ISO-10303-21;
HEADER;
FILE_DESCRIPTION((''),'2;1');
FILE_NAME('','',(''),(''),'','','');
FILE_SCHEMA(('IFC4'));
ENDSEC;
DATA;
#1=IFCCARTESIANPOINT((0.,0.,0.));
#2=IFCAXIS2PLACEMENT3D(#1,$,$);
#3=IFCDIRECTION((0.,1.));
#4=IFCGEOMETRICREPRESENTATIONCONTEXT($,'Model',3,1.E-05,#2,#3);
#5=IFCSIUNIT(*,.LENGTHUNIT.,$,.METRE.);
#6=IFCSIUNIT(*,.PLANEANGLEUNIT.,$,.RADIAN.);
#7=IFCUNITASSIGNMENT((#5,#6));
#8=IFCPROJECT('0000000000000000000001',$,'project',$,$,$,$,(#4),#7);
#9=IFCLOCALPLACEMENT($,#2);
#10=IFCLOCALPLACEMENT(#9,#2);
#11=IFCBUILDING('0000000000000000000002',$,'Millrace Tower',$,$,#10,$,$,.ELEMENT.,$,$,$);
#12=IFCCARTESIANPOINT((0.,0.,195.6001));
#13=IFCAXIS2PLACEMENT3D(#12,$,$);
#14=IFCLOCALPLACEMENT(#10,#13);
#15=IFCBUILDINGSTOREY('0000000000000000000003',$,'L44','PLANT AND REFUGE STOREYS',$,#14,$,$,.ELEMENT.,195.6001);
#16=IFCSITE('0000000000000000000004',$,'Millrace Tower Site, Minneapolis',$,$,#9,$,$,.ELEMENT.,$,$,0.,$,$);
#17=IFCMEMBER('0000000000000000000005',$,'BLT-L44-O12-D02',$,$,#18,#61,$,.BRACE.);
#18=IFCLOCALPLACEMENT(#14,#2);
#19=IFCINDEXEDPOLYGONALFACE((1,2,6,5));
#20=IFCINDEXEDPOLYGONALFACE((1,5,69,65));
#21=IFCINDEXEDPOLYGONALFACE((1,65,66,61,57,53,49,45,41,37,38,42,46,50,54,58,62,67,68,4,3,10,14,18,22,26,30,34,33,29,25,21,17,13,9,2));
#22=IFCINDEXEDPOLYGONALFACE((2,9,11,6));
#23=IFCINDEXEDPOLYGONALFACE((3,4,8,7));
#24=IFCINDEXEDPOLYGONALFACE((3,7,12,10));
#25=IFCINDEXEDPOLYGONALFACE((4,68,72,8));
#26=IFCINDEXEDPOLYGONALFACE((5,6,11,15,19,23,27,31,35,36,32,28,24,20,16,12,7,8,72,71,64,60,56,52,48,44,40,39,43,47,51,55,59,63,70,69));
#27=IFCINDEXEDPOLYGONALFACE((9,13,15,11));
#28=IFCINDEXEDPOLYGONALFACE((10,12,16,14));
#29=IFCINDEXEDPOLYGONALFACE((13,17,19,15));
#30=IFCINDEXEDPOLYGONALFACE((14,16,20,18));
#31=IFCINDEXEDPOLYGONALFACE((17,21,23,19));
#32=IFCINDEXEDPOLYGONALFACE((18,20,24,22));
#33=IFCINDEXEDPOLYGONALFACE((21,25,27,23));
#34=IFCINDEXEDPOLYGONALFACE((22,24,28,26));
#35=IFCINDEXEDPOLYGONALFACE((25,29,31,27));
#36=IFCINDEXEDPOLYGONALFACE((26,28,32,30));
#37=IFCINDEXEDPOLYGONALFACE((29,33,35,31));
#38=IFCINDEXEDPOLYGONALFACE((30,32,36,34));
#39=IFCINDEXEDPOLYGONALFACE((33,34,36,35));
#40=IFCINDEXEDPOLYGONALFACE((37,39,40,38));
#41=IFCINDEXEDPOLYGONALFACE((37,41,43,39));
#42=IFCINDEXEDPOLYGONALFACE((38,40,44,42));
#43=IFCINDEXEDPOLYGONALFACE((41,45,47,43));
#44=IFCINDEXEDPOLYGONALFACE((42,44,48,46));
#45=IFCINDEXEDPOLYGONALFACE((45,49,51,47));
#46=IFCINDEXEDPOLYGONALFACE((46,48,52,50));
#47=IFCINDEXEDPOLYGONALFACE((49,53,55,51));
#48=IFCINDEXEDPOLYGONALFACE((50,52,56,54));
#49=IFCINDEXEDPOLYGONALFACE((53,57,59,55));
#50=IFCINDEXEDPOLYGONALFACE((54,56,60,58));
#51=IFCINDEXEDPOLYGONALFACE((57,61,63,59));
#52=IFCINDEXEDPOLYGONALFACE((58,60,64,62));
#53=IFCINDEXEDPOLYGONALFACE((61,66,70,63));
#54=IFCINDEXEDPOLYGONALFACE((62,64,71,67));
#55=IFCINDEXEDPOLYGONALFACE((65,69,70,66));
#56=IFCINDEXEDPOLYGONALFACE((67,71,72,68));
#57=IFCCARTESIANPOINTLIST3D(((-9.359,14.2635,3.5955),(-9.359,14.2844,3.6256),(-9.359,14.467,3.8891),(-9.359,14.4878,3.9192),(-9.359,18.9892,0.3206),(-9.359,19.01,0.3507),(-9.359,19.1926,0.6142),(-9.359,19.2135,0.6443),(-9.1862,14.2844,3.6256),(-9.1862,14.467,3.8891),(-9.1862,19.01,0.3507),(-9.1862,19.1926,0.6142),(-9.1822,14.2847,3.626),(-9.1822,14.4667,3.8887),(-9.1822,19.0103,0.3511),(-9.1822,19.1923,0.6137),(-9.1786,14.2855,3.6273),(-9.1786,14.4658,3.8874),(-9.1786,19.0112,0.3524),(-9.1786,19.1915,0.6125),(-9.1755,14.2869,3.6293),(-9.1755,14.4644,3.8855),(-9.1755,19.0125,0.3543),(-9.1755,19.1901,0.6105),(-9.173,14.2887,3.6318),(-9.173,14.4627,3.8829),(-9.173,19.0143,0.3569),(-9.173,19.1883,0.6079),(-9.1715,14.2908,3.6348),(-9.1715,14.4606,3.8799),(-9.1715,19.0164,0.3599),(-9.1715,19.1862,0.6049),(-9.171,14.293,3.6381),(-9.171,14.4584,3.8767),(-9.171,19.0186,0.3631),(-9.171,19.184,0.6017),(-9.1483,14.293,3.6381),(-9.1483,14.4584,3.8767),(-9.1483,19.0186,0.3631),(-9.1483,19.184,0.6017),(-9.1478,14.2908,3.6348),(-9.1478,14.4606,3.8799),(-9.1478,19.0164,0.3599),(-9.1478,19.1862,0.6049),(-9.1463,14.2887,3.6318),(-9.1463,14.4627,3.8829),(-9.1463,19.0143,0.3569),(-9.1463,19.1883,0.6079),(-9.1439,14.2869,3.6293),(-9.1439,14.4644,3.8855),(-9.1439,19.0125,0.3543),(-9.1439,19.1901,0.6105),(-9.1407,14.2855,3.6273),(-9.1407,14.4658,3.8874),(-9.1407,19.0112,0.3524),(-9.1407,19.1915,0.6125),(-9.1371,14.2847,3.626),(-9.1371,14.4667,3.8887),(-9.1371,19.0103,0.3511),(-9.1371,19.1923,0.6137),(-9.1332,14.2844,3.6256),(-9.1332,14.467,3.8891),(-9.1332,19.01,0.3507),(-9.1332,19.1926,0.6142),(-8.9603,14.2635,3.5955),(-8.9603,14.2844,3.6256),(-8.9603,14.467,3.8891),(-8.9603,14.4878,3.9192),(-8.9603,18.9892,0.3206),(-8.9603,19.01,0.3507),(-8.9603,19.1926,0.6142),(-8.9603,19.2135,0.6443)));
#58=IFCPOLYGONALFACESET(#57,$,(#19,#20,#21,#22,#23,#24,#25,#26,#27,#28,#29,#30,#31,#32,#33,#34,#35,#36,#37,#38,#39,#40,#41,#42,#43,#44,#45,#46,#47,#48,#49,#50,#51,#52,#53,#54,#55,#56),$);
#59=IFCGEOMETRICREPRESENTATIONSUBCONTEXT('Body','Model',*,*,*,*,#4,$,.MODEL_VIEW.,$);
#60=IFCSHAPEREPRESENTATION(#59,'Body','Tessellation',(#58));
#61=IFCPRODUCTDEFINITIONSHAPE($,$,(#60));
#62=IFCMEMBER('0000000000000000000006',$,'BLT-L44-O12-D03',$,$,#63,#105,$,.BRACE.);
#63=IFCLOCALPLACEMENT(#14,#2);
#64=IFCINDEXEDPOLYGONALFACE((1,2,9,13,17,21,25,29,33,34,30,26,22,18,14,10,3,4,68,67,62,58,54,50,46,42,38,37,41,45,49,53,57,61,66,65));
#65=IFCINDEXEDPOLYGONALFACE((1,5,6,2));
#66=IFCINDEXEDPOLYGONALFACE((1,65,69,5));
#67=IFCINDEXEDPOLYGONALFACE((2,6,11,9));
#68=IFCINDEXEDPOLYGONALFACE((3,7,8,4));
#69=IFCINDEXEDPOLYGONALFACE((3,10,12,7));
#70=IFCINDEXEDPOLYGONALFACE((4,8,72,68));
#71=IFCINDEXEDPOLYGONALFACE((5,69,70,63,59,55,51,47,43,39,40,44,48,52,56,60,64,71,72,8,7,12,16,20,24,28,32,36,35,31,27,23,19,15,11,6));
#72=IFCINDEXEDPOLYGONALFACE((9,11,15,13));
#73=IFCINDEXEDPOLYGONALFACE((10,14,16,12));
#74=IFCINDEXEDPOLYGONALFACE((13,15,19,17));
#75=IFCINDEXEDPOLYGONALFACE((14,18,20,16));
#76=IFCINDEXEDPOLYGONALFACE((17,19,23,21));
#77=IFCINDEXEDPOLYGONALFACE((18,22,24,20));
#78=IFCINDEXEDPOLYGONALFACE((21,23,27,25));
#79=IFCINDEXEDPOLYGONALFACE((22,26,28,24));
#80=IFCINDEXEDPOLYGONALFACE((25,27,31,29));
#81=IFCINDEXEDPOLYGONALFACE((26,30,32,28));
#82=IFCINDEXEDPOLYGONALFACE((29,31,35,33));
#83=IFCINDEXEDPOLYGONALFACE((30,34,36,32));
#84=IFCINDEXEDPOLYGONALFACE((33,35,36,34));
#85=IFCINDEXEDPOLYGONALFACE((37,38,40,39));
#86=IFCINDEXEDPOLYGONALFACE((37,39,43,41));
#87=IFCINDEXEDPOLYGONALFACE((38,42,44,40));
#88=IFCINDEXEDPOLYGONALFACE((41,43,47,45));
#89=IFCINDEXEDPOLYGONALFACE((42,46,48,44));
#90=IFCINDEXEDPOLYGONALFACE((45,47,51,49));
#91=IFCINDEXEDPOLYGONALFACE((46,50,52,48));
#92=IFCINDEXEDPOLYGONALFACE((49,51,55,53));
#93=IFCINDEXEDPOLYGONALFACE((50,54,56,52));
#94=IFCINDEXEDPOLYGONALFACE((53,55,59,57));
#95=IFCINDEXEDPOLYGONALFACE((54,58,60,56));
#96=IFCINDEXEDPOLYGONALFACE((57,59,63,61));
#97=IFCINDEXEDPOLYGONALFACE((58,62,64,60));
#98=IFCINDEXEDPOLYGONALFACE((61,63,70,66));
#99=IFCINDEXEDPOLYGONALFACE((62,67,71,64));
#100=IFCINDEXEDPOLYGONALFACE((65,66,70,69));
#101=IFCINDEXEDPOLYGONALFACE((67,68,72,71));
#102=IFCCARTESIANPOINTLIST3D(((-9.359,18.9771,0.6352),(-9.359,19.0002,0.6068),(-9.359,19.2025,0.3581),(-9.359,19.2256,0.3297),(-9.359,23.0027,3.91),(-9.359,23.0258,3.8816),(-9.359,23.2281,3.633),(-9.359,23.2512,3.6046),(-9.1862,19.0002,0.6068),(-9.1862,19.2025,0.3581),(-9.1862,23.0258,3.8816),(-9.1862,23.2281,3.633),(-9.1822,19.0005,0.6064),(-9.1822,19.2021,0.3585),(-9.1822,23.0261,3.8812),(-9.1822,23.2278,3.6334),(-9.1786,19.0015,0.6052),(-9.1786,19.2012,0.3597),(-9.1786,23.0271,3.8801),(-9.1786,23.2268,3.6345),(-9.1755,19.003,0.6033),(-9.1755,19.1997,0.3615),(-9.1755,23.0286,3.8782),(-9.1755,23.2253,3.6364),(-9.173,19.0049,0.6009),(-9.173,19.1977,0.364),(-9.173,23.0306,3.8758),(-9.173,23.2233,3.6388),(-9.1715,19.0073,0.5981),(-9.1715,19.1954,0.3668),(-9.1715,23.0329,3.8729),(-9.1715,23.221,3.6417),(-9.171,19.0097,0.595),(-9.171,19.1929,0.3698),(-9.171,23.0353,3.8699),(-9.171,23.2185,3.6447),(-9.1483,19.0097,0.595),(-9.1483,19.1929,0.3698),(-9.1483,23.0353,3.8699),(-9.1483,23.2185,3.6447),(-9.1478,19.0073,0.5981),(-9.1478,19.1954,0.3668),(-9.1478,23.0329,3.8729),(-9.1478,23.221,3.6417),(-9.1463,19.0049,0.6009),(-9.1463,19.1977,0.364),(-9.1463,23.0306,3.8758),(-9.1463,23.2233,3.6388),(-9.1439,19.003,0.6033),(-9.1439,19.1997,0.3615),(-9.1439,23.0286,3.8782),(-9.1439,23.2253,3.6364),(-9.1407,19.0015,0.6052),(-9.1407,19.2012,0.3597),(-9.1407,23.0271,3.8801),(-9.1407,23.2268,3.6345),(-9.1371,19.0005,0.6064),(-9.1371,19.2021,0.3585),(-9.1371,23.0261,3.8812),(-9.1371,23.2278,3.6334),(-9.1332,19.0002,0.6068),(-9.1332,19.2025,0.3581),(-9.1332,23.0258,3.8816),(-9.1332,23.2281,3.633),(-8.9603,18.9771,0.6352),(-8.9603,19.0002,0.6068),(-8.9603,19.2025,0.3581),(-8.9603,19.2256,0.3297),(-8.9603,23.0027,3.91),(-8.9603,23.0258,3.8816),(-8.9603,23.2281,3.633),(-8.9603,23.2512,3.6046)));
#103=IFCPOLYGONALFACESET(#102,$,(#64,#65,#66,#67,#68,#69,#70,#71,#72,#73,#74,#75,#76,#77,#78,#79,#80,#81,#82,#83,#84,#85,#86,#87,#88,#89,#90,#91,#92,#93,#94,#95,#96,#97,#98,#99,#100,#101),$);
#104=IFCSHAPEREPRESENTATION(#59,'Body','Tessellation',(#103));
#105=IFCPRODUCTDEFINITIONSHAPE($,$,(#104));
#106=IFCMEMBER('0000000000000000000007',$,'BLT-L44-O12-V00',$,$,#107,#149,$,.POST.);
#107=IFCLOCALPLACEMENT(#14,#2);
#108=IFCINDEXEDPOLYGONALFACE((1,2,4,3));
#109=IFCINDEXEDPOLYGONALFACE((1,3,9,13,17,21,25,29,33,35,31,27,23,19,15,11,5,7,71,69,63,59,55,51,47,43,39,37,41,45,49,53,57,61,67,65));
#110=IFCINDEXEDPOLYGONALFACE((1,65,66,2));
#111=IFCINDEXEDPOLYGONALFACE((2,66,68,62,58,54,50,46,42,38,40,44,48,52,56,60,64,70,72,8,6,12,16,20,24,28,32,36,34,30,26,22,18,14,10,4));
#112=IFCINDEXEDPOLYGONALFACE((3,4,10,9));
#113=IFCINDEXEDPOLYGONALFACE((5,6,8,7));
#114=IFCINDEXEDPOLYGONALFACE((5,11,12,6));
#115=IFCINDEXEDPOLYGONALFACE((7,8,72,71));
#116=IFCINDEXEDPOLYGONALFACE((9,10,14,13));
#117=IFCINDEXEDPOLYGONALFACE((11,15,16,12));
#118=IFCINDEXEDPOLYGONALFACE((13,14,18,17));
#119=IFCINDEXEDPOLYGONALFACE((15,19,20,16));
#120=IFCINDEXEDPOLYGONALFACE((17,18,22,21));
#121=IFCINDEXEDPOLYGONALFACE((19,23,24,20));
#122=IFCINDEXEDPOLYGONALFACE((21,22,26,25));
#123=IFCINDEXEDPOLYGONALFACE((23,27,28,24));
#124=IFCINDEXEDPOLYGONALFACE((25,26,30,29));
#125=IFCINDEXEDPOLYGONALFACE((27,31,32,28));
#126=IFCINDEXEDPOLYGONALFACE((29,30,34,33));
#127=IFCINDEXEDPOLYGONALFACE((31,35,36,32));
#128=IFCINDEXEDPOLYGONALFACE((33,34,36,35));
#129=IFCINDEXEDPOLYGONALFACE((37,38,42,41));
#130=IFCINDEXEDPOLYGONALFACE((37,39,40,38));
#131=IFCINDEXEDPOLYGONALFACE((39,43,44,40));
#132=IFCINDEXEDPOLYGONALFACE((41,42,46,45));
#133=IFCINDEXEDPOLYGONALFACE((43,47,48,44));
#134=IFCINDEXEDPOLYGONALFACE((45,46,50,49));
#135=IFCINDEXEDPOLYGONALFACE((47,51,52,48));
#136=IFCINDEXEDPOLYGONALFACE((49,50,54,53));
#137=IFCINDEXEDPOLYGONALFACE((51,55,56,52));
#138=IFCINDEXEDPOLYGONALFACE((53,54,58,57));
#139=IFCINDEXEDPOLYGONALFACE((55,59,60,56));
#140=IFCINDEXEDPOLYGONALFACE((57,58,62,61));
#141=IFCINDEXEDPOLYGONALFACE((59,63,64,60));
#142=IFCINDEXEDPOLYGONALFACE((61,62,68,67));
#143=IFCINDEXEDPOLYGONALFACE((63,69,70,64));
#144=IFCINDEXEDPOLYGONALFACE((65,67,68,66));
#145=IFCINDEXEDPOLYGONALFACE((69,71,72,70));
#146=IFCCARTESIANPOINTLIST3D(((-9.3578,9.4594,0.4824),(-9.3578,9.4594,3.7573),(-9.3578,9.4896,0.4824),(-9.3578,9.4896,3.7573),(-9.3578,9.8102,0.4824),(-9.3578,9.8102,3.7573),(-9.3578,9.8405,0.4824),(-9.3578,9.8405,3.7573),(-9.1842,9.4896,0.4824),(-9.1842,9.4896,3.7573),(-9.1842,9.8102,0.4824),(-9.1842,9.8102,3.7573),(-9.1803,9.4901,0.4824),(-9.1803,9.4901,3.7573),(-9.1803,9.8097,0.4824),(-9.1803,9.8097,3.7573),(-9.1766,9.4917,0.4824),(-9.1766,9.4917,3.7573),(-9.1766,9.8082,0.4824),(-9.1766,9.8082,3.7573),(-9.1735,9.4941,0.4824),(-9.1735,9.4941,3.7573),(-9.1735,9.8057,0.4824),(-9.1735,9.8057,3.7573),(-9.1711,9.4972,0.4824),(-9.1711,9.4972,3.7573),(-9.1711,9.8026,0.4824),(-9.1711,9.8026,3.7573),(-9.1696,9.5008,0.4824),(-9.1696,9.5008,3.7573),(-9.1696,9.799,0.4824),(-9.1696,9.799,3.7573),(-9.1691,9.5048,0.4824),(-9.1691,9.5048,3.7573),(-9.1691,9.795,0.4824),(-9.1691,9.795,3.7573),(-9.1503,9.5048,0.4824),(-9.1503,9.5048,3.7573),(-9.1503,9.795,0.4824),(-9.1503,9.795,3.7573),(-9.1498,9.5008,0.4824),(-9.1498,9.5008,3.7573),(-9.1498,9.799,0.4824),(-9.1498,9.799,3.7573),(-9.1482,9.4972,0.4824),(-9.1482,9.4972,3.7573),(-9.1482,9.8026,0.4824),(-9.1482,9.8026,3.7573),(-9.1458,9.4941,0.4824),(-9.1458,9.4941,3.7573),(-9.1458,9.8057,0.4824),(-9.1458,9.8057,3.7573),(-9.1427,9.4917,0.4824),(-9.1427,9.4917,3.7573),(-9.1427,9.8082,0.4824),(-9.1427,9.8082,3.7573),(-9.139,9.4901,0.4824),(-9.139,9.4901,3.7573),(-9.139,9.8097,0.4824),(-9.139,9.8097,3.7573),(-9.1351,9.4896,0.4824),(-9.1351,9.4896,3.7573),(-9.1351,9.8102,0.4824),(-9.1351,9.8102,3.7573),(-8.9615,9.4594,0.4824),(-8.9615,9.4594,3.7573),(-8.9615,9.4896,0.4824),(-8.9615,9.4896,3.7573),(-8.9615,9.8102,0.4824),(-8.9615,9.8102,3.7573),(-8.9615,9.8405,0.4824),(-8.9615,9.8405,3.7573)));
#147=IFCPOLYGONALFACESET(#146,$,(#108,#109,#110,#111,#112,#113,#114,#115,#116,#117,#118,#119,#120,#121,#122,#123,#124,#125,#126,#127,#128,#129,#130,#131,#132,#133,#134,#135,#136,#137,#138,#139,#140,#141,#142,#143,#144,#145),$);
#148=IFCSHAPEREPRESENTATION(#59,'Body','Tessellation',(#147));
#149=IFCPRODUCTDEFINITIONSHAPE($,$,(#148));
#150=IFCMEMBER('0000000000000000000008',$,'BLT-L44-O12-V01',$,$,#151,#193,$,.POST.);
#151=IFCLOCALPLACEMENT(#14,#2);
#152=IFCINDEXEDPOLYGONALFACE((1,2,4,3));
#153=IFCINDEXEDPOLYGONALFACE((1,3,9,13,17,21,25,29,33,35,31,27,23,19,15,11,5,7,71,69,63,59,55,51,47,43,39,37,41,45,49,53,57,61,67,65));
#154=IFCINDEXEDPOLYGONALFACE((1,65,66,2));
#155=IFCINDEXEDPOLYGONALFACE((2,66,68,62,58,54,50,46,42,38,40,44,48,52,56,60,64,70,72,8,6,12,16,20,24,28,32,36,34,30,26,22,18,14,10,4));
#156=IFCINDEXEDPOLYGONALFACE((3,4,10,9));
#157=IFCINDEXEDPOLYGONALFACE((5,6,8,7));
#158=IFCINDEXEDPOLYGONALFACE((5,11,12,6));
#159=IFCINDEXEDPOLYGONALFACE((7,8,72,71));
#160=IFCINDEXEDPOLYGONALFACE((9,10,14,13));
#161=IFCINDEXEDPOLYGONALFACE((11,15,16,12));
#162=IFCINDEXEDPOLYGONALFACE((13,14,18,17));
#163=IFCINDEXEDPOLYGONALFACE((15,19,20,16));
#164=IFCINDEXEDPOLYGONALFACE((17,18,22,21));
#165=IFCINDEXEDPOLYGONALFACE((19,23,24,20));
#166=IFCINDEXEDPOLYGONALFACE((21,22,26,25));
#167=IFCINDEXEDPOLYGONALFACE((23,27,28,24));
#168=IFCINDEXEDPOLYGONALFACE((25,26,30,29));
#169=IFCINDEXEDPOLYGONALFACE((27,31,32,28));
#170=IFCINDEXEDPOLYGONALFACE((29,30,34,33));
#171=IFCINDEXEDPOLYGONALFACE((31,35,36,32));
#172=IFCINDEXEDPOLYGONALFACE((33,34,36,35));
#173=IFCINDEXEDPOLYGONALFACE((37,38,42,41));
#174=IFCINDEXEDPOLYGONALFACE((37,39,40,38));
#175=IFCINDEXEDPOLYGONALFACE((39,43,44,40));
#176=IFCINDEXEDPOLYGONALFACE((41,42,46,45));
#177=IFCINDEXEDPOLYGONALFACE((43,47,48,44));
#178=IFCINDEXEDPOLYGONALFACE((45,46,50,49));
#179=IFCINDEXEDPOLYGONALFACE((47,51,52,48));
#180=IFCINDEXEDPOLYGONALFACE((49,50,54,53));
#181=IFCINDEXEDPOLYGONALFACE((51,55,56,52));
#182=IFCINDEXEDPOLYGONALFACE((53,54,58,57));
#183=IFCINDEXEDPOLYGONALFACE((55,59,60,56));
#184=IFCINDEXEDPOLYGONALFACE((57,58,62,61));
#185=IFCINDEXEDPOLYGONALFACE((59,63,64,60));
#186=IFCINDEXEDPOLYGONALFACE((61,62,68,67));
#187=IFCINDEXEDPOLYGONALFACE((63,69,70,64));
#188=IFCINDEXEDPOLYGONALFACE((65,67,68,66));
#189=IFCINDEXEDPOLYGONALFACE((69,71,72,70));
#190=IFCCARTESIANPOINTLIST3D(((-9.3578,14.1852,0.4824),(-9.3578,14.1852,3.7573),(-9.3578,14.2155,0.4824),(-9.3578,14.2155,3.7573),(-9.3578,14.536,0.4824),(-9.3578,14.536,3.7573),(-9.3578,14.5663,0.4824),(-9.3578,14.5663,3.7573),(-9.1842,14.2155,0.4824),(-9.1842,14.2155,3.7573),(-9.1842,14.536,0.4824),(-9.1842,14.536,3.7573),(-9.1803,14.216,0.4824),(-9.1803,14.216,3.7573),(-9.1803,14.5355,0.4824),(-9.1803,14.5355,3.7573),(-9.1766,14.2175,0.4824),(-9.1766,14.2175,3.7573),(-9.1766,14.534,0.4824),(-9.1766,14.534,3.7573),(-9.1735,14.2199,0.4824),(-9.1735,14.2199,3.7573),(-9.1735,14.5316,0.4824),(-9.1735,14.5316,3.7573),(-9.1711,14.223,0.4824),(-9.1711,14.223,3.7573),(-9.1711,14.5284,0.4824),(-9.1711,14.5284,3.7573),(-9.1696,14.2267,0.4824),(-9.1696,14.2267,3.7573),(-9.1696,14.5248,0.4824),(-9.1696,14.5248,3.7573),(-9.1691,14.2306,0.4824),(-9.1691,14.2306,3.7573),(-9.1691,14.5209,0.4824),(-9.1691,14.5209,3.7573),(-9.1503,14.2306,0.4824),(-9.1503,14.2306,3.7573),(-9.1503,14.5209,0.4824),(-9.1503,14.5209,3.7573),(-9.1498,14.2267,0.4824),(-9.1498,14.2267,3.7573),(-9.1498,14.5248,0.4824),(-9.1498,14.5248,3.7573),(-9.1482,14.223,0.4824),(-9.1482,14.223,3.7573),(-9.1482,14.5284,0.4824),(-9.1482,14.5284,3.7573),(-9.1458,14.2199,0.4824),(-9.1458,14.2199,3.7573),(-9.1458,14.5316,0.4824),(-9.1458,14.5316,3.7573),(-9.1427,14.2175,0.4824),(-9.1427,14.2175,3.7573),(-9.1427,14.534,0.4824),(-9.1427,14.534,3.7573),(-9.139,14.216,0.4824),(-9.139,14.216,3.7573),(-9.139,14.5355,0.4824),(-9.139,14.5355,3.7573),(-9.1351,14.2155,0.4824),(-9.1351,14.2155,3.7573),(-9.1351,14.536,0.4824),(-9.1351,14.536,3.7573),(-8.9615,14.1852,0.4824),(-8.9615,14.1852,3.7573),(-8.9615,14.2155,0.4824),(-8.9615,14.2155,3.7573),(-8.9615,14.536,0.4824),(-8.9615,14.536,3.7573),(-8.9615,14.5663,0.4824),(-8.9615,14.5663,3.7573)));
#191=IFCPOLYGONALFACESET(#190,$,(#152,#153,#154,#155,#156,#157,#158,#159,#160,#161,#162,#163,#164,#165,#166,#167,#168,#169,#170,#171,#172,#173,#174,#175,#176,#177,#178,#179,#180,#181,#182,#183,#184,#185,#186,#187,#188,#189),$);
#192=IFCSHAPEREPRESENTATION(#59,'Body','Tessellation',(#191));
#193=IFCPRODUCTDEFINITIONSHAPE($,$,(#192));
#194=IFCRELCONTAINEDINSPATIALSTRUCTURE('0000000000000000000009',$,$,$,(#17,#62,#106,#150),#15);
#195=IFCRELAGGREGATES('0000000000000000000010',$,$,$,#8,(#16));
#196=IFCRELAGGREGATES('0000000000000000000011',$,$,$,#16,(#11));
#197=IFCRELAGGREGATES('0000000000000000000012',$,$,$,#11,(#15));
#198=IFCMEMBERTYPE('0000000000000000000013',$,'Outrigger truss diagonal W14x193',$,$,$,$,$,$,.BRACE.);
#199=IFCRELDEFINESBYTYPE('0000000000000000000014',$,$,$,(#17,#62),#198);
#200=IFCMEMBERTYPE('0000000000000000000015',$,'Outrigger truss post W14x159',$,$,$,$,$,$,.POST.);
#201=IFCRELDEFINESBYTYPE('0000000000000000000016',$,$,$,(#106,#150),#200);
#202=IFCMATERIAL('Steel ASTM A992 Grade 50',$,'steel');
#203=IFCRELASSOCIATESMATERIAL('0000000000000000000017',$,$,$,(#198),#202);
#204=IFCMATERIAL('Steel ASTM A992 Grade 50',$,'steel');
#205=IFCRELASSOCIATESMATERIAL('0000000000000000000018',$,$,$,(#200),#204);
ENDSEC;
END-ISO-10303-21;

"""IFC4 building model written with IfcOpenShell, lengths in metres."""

from ifc_helpers import new_model, si_unit, direction, frame, origin, origin_2d, place, context, subcontext, project, spatial, i_section, extrude, material, material_profile, profile_set, type_object, element, save


model = new_model("IFC4")

# Units and contexts
model_context = context("Model", 3, precision=1e-05, world=origin(), true_north=direction((0.0, 1.0)))
body_context = subcontext(model_context, "Body", "Model", "MODEL_VIEW")
ifc_project = project(units=[si_unit("LENGTHUNIT", "METRE"), si_unit("PLANEANGLEUNIT", "RADIAN")], contexts=[model_context])

# Site, building, storey
site_placement = place(None, origin())
site = spatial("IfcSite", under=ifc_project, at=site_placement, Name="Millrace Tower Site, Minneapolis", CompositionType="ELEMENT", RefElevation=0.0)
building_placement = place(site_placement, origin())
building = spatial("IfcBuilding", under=site, at=building_placement, Name="Millrace Tower", CompositionType="ELEMENT")
storey_placement = place(building_placement, frame((0.0, 0.0, 195.6001)))
storey = spatial("IfcBuildingStorey", under=building, at=storey_placement, Name="L44", Description="PLANT AND REFUGE STOREYS", CompositionType="ELEMENT", Elevation=195.6001)

# Members
ifc_material_1 = material(Name="Steel ASTM A992 Grade 50", Category="steel")
ifc_material_profile_1 = material_profile(ifc_material_1, i_section(OverallWidth=0.3987, OverallDepth=0.3938, WebThickness=0.0227, FlangeThickness=0.0366, FilletRadius=0.0151, at=origin_2d()))
ifc_profile_set_1 = profile_set([ifc_material_profile_1], Name="Steel ASTM A992 Grade 50")
member_type_1 = type_object("IfcMemberType", Name="Outrigger truss diagonal W14x193", PredefinedType="BRACE", material=ifc_profile_set_1)
member_1_placement = place(storey_placement, frame((-9.1597, 19.1013, 0.4824), z_axis=(0.0, -0.82192, 0.569603), x_axis=(1.0, 0.0, 0.0)))
element("IfcMember", 1, at=member_1_placement, inside=storey, type_object=member_type_1, Name="BLT-L44-O12-D02", PredefinedType="BRACE", context=body_context, shape_type="SweptSolid", body=[
    extrude(i_section(OverallWidth=0.3987, OverallDepth=0.3938, WebThickness=0.0227, FlangeThickness=0.0366, FilletRadius=0.0151, at=origin_2d()), origin(), (0.0, 0.0, 1.0), 5.7495),
])
member_2_placement = place(storey_placement, frame((-9.1597, 19.1013, 0.4824), z_axis=(0.0, 0.77573, 0.631065), x_axis=(-1.0, 0.0, 0.0)))
element("IfcMember", 2, at=member_2_placement, inside=storey, type_object=member_type_1, Name="BLT-L44-O12-D03", PredefinedType="BRACE", context=body_context, shape_type="SweptSolid", body=[
    extrude(i_section(OverallWidth=0.3987, OverallDepth=0.3938, WebThickness=0.0227, FlangeThickness=0.0366, FilletRadius=0.0151, at=origin_2d()), origin(), (0.0, 0.0, 1.0), 5.1895),
])
ifc_material_2 = material(Name="Steel ASTM A992 Grade 50", Category="steel")
ifc_material_profile_2 = material_profile(ifc_material_2, i_section(OverallWidth=0.3962, OverallDepth=0.3811, WebThickness=0.0188, FlangeThickness=0.0303, FilletRadius=0.0151, at=origin_2d()))
ifc_profile_set_2 = profile_set([ifc_material_profile_2], Name="Steel ASTM A992 Grade 50")
member_type_2 = type_object("IfcMemberType", Name="Outrigger truss post W14x159", PredefinedType="POST", material=ifc_profile_set_2)
for number, where, z_axis, x_axis, name in (
    (3, (-9.1597, 9.6499, 0.4824), (0.0, 0.0, 1.0), (1.0, 0.0, 0.0), "BLT-L44-O12-V00"),
    (4, (-9.1597, 14.3757, 0.4824), (0.0, 0.0, 1.0), (1.0, 0.0, 0.0), "BLT-L44-O12-V01"),
):
    element("IfcMember", number, at=place(storey_placement, frame(where, z_axis=z_axis, x_axis=x_axis)), inside=storey, type_object=member_type_2, Name=name, PredefinedType="POST", context=body_context, shape_type="SweptSolid", body=[
        extrude(i_section(OverallWidth=0.3962, OverallDepth=0.3811, WebThickness=0.0188, FlangeThickness=0.0303, FilletRadius=0.0151, at=origin_2d()), origin(), (0.0, 0.0, 1.0), 3.2749),
    ])

save(model, "model.ifc")
